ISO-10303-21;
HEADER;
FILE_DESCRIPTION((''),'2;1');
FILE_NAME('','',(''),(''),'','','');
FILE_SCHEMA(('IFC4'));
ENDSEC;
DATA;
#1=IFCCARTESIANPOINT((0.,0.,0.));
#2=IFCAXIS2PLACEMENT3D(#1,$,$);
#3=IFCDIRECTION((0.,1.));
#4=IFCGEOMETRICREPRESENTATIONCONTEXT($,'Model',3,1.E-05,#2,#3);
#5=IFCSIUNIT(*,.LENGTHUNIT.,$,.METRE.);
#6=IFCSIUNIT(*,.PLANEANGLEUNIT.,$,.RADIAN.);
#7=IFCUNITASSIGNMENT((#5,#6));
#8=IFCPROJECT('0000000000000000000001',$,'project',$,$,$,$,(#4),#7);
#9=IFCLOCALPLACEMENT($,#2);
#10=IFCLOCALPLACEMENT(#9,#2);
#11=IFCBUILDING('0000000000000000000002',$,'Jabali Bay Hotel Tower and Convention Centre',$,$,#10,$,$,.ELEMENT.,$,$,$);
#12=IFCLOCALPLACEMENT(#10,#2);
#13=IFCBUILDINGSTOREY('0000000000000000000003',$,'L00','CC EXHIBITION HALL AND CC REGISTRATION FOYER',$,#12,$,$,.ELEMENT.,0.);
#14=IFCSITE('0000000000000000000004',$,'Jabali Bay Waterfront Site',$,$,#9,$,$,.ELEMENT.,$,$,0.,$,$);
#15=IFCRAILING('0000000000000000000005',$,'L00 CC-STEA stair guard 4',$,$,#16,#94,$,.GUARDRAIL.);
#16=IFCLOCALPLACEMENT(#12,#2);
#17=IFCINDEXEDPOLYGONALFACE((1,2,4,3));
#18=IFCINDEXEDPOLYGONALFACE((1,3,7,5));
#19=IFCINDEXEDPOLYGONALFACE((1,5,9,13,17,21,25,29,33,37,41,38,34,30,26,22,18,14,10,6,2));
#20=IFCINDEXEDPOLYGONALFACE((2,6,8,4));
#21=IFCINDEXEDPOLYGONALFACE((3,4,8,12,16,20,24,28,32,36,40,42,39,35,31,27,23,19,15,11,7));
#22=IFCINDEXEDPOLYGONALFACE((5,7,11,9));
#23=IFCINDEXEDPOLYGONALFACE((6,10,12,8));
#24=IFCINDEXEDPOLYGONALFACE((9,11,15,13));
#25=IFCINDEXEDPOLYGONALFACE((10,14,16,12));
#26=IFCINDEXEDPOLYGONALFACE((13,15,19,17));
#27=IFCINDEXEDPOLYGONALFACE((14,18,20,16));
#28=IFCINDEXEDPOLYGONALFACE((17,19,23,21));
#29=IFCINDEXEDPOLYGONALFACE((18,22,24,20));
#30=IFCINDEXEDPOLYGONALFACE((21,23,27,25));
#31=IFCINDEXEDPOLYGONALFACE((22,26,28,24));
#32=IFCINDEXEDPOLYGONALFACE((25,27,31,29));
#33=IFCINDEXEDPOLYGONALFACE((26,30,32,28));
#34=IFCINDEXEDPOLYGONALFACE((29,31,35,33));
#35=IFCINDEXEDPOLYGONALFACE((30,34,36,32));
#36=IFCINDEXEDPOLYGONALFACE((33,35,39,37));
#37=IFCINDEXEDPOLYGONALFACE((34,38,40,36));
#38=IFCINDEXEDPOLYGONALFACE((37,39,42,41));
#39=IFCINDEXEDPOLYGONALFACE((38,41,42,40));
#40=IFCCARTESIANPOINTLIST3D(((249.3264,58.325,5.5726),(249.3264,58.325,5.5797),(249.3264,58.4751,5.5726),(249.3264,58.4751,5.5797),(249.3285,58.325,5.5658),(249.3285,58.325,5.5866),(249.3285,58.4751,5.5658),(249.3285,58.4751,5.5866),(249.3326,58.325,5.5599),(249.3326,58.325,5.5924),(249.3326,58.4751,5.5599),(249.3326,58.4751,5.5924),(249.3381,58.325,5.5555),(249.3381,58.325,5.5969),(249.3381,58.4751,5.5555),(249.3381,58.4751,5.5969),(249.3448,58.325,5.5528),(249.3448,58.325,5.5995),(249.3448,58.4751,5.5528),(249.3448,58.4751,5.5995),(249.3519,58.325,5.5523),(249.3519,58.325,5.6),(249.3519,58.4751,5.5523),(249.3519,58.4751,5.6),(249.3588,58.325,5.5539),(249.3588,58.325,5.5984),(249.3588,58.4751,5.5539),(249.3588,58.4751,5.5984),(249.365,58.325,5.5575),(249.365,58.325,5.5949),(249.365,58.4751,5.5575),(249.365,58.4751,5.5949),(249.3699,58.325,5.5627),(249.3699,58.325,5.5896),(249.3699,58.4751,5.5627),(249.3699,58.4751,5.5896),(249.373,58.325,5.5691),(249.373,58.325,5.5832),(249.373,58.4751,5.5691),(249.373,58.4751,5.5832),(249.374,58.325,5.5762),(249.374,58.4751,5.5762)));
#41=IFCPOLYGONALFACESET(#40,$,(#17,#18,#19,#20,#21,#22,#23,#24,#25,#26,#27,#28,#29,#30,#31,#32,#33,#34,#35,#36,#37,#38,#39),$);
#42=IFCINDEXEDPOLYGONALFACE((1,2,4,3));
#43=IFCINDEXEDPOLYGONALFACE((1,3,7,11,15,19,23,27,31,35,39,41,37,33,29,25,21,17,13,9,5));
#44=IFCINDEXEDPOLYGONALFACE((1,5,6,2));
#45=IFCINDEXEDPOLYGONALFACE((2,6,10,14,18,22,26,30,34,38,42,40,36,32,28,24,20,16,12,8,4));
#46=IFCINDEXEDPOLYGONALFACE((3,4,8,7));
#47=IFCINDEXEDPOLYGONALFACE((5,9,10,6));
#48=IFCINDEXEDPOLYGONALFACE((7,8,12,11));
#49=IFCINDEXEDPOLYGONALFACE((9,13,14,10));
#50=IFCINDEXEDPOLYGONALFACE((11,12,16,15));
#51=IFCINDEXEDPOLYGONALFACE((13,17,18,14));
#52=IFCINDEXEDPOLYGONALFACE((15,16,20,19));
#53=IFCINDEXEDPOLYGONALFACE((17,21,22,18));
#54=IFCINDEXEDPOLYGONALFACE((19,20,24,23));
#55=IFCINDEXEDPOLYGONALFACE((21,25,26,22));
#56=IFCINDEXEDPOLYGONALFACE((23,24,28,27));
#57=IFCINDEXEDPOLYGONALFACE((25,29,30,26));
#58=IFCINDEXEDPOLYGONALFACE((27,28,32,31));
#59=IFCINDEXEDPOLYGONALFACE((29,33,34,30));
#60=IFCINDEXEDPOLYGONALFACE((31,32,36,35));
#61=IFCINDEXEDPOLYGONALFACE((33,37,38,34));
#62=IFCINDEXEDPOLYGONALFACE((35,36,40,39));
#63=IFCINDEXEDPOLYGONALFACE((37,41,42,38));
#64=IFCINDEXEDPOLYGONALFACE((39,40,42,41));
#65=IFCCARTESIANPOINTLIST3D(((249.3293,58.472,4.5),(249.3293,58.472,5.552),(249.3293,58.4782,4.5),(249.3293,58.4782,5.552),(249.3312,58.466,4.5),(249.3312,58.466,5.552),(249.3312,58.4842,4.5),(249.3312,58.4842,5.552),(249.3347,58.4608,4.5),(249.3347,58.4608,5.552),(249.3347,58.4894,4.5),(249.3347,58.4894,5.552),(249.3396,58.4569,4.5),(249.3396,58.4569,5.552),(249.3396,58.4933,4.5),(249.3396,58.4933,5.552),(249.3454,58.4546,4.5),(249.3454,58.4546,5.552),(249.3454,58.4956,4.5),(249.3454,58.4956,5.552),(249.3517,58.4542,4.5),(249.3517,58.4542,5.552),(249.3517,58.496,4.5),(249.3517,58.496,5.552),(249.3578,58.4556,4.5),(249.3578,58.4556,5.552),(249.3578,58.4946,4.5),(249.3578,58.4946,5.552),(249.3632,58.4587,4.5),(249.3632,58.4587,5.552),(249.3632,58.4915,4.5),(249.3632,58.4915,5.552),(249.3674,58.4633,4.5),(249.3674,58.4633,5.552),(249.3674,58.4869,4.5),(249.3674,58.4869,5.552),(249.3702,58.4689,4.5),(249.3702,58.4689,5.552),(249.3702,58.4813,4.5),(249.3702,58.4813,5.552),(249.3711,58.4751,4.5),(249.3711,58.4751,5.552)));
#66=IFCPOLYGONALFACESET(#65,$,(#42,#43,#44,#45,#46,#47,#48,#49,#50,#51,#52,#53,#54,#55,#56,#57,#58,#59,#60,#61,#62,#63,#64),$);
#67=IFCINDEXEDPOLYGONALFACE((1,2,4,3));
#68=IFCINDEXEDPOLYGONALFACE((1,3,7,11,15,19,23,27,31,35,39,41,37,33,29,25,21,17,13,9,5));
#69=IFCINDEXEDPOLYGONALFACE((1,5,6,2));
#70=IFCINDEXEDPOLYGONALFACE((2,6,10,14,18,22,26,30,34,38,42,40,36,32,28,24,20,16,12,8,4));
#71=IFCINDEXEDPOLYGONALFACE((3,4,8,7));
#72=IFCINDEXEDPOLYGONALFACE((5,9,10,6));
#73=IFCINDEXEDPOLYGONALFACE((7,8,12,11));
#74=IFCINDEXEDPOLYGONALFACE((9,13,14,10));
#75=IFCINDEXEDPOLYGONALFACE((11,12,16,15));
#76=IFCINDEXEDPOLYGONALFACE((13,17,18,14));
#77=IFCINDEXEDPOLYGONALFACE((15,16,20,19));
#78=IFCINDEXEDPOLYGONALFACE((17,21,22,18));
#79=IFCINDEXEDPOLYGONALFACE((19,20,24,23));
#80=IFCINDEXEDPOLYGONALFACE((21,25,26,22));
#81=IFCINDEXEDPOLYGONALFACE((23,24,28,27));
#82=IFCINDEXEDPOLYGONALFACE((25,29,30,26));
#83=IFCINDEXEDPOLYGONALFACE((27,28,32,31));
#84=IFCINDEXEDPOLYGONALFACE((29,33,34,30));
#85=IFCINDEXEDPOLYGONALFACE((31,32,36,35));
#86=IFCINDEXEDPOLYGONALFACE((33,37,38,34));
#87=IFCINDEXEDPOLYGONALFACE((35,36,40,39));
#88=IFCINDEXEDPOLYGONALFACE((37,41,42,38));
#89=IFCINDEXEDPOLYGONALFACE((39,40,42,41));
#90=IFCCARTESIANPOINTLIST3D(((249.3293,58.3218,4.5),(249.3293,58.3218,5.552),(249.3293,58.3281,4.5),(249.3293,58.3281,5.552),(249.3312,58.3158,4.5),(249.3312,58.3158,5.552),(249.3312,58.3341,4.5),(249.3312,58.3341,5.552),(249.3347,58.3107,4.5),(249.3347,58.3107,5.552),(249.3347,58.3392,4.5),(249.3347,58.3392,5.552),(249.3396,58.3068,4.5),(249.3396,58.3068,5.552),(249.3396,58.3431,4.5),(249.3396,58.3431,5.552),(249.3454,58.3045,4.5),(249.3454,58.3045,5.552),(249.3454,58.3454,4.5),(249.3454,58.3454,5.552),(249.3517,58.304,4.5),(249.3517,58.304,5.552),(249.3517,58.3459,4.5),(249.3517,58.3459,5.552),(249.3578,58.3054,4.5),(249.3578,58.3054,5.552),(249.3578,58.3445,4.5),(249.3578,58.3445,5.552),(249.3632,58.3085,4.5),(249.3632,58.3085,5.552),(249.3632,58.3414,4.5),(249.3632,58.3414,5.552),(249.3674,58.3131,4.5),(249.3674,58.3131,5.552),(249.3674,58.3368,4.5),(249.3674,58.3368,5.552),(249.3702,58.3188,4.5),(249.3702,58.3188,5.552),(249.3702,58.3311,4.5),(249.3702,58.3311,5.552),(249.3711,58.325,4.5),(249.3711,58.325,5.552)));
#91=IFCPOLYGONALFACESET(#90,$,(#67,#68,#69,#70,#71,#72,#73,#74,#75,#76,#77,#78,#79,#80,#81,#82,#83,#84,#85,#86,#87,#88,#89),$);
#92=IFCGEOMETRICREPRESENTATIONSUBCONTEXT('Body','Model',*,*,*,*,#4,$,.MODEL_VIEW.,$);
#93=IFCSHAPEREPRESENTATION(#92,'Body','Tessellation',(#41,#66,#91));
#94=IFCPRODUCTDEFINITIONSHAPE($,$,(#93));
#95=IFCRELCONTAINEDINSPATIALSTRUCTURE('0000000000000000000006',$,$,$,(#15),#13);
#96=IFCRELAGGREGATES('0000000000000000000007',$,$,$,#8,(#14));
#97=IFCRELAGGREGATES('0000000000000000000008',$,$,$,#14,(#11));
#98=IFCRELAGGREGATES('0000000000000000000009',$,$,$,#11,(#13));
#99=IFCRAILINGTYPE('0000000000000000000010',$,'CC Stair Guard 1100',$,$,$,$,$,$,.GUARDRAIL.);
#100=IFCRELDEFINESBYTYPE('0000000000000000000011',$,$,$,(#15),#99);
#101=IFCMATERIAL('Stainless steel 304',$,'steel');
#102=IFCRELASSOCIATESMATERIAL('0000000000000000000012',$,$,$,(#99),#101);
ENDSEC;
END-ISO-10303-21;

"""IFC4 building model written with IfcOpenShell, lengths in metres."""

from ifc_helpers import new_model, si_unit, direction, frame, origin, origin_2d, place, context, subcontext, project, spatial, circle, extrude, material, type_object, element, save


model = new_model("IFC4")

# Units and contexts
model_context = context("Model", 3, precision=1e-05, world=origin(), true_north=direction((0.0, 1.0)))
body_context = subcontext(model_context, "Body", "Model", "MODEL_VIEW")
ifc_project = project(units=[si_unit("LENGTHUNIT", "METRE"), si_unit("PLANEANGLEUNIT", "RADIAN")], contexts=[model_context])

# Site, building, storey
site_placement = place(None, origin())
site = spatial("IfcSite", under=ifc_project, at=site_placement, Name="Jabali Bay Waterfront Site", CompositionType="ELEMENT", RefElevation=0.0)
building_placement = place(site_placement, origin())
building = spatial("IfcBuilding", under=site, at=building_placement, Name="Jabali Bay Hotel Tower and Convention Centre", CompositionType="ELEMENT")
storey_placement = place(building_placement, origin())
storey = spatial("IfcBuildingStorey", under=building, at=storey_placement, Name="L00", Description="CC EXHIBITION HALL AND CC REGISTRATION FOYER", CompositionType="ELEMENT", Elevation=0.0)

# Railing
ifc_material_1 = material(Name="Stainless steel 304", Category="steel")
railing_type_1 = type_object("IfcRailingType", Name="CC Stair Guard 1100", PredefinedType="GUARDRAIL", material=ifc_material_1)
railing_1_placement = place(storey_placement, frame((249.3501, 58.4751, 4.5)))
element("IfcRailing", 1, at=railing_1_placement, inside=storey, type_object=railing_type_1, Name="L00 CC-STEA stair guard 4", PredefinedType="GUARDRAIL", context=body_context, shape_type="SweptSolid", body=[
    extrude(circle(Radius=0.0239, at=origin_2d()), frame((0.0, 0.0, 1.0762), z_axis=(0.0, -1.0, 0.0), x_axis=(1.0, 0.0, 0.0)), (0.0, 0.0, 1.0), 0.1501),
    extrude(circle(Radius=0.021, at=origin_2d()), origin(), (0.0, 0.0, 1.0), 1.052),
    extrude(circle(Radius=0.021, at=origin_2d()), frame((0.0, -0.1501, 0.0)), (0.0, 0.0, 1.0), 1.052),
])

save(model, "model.ifc")
